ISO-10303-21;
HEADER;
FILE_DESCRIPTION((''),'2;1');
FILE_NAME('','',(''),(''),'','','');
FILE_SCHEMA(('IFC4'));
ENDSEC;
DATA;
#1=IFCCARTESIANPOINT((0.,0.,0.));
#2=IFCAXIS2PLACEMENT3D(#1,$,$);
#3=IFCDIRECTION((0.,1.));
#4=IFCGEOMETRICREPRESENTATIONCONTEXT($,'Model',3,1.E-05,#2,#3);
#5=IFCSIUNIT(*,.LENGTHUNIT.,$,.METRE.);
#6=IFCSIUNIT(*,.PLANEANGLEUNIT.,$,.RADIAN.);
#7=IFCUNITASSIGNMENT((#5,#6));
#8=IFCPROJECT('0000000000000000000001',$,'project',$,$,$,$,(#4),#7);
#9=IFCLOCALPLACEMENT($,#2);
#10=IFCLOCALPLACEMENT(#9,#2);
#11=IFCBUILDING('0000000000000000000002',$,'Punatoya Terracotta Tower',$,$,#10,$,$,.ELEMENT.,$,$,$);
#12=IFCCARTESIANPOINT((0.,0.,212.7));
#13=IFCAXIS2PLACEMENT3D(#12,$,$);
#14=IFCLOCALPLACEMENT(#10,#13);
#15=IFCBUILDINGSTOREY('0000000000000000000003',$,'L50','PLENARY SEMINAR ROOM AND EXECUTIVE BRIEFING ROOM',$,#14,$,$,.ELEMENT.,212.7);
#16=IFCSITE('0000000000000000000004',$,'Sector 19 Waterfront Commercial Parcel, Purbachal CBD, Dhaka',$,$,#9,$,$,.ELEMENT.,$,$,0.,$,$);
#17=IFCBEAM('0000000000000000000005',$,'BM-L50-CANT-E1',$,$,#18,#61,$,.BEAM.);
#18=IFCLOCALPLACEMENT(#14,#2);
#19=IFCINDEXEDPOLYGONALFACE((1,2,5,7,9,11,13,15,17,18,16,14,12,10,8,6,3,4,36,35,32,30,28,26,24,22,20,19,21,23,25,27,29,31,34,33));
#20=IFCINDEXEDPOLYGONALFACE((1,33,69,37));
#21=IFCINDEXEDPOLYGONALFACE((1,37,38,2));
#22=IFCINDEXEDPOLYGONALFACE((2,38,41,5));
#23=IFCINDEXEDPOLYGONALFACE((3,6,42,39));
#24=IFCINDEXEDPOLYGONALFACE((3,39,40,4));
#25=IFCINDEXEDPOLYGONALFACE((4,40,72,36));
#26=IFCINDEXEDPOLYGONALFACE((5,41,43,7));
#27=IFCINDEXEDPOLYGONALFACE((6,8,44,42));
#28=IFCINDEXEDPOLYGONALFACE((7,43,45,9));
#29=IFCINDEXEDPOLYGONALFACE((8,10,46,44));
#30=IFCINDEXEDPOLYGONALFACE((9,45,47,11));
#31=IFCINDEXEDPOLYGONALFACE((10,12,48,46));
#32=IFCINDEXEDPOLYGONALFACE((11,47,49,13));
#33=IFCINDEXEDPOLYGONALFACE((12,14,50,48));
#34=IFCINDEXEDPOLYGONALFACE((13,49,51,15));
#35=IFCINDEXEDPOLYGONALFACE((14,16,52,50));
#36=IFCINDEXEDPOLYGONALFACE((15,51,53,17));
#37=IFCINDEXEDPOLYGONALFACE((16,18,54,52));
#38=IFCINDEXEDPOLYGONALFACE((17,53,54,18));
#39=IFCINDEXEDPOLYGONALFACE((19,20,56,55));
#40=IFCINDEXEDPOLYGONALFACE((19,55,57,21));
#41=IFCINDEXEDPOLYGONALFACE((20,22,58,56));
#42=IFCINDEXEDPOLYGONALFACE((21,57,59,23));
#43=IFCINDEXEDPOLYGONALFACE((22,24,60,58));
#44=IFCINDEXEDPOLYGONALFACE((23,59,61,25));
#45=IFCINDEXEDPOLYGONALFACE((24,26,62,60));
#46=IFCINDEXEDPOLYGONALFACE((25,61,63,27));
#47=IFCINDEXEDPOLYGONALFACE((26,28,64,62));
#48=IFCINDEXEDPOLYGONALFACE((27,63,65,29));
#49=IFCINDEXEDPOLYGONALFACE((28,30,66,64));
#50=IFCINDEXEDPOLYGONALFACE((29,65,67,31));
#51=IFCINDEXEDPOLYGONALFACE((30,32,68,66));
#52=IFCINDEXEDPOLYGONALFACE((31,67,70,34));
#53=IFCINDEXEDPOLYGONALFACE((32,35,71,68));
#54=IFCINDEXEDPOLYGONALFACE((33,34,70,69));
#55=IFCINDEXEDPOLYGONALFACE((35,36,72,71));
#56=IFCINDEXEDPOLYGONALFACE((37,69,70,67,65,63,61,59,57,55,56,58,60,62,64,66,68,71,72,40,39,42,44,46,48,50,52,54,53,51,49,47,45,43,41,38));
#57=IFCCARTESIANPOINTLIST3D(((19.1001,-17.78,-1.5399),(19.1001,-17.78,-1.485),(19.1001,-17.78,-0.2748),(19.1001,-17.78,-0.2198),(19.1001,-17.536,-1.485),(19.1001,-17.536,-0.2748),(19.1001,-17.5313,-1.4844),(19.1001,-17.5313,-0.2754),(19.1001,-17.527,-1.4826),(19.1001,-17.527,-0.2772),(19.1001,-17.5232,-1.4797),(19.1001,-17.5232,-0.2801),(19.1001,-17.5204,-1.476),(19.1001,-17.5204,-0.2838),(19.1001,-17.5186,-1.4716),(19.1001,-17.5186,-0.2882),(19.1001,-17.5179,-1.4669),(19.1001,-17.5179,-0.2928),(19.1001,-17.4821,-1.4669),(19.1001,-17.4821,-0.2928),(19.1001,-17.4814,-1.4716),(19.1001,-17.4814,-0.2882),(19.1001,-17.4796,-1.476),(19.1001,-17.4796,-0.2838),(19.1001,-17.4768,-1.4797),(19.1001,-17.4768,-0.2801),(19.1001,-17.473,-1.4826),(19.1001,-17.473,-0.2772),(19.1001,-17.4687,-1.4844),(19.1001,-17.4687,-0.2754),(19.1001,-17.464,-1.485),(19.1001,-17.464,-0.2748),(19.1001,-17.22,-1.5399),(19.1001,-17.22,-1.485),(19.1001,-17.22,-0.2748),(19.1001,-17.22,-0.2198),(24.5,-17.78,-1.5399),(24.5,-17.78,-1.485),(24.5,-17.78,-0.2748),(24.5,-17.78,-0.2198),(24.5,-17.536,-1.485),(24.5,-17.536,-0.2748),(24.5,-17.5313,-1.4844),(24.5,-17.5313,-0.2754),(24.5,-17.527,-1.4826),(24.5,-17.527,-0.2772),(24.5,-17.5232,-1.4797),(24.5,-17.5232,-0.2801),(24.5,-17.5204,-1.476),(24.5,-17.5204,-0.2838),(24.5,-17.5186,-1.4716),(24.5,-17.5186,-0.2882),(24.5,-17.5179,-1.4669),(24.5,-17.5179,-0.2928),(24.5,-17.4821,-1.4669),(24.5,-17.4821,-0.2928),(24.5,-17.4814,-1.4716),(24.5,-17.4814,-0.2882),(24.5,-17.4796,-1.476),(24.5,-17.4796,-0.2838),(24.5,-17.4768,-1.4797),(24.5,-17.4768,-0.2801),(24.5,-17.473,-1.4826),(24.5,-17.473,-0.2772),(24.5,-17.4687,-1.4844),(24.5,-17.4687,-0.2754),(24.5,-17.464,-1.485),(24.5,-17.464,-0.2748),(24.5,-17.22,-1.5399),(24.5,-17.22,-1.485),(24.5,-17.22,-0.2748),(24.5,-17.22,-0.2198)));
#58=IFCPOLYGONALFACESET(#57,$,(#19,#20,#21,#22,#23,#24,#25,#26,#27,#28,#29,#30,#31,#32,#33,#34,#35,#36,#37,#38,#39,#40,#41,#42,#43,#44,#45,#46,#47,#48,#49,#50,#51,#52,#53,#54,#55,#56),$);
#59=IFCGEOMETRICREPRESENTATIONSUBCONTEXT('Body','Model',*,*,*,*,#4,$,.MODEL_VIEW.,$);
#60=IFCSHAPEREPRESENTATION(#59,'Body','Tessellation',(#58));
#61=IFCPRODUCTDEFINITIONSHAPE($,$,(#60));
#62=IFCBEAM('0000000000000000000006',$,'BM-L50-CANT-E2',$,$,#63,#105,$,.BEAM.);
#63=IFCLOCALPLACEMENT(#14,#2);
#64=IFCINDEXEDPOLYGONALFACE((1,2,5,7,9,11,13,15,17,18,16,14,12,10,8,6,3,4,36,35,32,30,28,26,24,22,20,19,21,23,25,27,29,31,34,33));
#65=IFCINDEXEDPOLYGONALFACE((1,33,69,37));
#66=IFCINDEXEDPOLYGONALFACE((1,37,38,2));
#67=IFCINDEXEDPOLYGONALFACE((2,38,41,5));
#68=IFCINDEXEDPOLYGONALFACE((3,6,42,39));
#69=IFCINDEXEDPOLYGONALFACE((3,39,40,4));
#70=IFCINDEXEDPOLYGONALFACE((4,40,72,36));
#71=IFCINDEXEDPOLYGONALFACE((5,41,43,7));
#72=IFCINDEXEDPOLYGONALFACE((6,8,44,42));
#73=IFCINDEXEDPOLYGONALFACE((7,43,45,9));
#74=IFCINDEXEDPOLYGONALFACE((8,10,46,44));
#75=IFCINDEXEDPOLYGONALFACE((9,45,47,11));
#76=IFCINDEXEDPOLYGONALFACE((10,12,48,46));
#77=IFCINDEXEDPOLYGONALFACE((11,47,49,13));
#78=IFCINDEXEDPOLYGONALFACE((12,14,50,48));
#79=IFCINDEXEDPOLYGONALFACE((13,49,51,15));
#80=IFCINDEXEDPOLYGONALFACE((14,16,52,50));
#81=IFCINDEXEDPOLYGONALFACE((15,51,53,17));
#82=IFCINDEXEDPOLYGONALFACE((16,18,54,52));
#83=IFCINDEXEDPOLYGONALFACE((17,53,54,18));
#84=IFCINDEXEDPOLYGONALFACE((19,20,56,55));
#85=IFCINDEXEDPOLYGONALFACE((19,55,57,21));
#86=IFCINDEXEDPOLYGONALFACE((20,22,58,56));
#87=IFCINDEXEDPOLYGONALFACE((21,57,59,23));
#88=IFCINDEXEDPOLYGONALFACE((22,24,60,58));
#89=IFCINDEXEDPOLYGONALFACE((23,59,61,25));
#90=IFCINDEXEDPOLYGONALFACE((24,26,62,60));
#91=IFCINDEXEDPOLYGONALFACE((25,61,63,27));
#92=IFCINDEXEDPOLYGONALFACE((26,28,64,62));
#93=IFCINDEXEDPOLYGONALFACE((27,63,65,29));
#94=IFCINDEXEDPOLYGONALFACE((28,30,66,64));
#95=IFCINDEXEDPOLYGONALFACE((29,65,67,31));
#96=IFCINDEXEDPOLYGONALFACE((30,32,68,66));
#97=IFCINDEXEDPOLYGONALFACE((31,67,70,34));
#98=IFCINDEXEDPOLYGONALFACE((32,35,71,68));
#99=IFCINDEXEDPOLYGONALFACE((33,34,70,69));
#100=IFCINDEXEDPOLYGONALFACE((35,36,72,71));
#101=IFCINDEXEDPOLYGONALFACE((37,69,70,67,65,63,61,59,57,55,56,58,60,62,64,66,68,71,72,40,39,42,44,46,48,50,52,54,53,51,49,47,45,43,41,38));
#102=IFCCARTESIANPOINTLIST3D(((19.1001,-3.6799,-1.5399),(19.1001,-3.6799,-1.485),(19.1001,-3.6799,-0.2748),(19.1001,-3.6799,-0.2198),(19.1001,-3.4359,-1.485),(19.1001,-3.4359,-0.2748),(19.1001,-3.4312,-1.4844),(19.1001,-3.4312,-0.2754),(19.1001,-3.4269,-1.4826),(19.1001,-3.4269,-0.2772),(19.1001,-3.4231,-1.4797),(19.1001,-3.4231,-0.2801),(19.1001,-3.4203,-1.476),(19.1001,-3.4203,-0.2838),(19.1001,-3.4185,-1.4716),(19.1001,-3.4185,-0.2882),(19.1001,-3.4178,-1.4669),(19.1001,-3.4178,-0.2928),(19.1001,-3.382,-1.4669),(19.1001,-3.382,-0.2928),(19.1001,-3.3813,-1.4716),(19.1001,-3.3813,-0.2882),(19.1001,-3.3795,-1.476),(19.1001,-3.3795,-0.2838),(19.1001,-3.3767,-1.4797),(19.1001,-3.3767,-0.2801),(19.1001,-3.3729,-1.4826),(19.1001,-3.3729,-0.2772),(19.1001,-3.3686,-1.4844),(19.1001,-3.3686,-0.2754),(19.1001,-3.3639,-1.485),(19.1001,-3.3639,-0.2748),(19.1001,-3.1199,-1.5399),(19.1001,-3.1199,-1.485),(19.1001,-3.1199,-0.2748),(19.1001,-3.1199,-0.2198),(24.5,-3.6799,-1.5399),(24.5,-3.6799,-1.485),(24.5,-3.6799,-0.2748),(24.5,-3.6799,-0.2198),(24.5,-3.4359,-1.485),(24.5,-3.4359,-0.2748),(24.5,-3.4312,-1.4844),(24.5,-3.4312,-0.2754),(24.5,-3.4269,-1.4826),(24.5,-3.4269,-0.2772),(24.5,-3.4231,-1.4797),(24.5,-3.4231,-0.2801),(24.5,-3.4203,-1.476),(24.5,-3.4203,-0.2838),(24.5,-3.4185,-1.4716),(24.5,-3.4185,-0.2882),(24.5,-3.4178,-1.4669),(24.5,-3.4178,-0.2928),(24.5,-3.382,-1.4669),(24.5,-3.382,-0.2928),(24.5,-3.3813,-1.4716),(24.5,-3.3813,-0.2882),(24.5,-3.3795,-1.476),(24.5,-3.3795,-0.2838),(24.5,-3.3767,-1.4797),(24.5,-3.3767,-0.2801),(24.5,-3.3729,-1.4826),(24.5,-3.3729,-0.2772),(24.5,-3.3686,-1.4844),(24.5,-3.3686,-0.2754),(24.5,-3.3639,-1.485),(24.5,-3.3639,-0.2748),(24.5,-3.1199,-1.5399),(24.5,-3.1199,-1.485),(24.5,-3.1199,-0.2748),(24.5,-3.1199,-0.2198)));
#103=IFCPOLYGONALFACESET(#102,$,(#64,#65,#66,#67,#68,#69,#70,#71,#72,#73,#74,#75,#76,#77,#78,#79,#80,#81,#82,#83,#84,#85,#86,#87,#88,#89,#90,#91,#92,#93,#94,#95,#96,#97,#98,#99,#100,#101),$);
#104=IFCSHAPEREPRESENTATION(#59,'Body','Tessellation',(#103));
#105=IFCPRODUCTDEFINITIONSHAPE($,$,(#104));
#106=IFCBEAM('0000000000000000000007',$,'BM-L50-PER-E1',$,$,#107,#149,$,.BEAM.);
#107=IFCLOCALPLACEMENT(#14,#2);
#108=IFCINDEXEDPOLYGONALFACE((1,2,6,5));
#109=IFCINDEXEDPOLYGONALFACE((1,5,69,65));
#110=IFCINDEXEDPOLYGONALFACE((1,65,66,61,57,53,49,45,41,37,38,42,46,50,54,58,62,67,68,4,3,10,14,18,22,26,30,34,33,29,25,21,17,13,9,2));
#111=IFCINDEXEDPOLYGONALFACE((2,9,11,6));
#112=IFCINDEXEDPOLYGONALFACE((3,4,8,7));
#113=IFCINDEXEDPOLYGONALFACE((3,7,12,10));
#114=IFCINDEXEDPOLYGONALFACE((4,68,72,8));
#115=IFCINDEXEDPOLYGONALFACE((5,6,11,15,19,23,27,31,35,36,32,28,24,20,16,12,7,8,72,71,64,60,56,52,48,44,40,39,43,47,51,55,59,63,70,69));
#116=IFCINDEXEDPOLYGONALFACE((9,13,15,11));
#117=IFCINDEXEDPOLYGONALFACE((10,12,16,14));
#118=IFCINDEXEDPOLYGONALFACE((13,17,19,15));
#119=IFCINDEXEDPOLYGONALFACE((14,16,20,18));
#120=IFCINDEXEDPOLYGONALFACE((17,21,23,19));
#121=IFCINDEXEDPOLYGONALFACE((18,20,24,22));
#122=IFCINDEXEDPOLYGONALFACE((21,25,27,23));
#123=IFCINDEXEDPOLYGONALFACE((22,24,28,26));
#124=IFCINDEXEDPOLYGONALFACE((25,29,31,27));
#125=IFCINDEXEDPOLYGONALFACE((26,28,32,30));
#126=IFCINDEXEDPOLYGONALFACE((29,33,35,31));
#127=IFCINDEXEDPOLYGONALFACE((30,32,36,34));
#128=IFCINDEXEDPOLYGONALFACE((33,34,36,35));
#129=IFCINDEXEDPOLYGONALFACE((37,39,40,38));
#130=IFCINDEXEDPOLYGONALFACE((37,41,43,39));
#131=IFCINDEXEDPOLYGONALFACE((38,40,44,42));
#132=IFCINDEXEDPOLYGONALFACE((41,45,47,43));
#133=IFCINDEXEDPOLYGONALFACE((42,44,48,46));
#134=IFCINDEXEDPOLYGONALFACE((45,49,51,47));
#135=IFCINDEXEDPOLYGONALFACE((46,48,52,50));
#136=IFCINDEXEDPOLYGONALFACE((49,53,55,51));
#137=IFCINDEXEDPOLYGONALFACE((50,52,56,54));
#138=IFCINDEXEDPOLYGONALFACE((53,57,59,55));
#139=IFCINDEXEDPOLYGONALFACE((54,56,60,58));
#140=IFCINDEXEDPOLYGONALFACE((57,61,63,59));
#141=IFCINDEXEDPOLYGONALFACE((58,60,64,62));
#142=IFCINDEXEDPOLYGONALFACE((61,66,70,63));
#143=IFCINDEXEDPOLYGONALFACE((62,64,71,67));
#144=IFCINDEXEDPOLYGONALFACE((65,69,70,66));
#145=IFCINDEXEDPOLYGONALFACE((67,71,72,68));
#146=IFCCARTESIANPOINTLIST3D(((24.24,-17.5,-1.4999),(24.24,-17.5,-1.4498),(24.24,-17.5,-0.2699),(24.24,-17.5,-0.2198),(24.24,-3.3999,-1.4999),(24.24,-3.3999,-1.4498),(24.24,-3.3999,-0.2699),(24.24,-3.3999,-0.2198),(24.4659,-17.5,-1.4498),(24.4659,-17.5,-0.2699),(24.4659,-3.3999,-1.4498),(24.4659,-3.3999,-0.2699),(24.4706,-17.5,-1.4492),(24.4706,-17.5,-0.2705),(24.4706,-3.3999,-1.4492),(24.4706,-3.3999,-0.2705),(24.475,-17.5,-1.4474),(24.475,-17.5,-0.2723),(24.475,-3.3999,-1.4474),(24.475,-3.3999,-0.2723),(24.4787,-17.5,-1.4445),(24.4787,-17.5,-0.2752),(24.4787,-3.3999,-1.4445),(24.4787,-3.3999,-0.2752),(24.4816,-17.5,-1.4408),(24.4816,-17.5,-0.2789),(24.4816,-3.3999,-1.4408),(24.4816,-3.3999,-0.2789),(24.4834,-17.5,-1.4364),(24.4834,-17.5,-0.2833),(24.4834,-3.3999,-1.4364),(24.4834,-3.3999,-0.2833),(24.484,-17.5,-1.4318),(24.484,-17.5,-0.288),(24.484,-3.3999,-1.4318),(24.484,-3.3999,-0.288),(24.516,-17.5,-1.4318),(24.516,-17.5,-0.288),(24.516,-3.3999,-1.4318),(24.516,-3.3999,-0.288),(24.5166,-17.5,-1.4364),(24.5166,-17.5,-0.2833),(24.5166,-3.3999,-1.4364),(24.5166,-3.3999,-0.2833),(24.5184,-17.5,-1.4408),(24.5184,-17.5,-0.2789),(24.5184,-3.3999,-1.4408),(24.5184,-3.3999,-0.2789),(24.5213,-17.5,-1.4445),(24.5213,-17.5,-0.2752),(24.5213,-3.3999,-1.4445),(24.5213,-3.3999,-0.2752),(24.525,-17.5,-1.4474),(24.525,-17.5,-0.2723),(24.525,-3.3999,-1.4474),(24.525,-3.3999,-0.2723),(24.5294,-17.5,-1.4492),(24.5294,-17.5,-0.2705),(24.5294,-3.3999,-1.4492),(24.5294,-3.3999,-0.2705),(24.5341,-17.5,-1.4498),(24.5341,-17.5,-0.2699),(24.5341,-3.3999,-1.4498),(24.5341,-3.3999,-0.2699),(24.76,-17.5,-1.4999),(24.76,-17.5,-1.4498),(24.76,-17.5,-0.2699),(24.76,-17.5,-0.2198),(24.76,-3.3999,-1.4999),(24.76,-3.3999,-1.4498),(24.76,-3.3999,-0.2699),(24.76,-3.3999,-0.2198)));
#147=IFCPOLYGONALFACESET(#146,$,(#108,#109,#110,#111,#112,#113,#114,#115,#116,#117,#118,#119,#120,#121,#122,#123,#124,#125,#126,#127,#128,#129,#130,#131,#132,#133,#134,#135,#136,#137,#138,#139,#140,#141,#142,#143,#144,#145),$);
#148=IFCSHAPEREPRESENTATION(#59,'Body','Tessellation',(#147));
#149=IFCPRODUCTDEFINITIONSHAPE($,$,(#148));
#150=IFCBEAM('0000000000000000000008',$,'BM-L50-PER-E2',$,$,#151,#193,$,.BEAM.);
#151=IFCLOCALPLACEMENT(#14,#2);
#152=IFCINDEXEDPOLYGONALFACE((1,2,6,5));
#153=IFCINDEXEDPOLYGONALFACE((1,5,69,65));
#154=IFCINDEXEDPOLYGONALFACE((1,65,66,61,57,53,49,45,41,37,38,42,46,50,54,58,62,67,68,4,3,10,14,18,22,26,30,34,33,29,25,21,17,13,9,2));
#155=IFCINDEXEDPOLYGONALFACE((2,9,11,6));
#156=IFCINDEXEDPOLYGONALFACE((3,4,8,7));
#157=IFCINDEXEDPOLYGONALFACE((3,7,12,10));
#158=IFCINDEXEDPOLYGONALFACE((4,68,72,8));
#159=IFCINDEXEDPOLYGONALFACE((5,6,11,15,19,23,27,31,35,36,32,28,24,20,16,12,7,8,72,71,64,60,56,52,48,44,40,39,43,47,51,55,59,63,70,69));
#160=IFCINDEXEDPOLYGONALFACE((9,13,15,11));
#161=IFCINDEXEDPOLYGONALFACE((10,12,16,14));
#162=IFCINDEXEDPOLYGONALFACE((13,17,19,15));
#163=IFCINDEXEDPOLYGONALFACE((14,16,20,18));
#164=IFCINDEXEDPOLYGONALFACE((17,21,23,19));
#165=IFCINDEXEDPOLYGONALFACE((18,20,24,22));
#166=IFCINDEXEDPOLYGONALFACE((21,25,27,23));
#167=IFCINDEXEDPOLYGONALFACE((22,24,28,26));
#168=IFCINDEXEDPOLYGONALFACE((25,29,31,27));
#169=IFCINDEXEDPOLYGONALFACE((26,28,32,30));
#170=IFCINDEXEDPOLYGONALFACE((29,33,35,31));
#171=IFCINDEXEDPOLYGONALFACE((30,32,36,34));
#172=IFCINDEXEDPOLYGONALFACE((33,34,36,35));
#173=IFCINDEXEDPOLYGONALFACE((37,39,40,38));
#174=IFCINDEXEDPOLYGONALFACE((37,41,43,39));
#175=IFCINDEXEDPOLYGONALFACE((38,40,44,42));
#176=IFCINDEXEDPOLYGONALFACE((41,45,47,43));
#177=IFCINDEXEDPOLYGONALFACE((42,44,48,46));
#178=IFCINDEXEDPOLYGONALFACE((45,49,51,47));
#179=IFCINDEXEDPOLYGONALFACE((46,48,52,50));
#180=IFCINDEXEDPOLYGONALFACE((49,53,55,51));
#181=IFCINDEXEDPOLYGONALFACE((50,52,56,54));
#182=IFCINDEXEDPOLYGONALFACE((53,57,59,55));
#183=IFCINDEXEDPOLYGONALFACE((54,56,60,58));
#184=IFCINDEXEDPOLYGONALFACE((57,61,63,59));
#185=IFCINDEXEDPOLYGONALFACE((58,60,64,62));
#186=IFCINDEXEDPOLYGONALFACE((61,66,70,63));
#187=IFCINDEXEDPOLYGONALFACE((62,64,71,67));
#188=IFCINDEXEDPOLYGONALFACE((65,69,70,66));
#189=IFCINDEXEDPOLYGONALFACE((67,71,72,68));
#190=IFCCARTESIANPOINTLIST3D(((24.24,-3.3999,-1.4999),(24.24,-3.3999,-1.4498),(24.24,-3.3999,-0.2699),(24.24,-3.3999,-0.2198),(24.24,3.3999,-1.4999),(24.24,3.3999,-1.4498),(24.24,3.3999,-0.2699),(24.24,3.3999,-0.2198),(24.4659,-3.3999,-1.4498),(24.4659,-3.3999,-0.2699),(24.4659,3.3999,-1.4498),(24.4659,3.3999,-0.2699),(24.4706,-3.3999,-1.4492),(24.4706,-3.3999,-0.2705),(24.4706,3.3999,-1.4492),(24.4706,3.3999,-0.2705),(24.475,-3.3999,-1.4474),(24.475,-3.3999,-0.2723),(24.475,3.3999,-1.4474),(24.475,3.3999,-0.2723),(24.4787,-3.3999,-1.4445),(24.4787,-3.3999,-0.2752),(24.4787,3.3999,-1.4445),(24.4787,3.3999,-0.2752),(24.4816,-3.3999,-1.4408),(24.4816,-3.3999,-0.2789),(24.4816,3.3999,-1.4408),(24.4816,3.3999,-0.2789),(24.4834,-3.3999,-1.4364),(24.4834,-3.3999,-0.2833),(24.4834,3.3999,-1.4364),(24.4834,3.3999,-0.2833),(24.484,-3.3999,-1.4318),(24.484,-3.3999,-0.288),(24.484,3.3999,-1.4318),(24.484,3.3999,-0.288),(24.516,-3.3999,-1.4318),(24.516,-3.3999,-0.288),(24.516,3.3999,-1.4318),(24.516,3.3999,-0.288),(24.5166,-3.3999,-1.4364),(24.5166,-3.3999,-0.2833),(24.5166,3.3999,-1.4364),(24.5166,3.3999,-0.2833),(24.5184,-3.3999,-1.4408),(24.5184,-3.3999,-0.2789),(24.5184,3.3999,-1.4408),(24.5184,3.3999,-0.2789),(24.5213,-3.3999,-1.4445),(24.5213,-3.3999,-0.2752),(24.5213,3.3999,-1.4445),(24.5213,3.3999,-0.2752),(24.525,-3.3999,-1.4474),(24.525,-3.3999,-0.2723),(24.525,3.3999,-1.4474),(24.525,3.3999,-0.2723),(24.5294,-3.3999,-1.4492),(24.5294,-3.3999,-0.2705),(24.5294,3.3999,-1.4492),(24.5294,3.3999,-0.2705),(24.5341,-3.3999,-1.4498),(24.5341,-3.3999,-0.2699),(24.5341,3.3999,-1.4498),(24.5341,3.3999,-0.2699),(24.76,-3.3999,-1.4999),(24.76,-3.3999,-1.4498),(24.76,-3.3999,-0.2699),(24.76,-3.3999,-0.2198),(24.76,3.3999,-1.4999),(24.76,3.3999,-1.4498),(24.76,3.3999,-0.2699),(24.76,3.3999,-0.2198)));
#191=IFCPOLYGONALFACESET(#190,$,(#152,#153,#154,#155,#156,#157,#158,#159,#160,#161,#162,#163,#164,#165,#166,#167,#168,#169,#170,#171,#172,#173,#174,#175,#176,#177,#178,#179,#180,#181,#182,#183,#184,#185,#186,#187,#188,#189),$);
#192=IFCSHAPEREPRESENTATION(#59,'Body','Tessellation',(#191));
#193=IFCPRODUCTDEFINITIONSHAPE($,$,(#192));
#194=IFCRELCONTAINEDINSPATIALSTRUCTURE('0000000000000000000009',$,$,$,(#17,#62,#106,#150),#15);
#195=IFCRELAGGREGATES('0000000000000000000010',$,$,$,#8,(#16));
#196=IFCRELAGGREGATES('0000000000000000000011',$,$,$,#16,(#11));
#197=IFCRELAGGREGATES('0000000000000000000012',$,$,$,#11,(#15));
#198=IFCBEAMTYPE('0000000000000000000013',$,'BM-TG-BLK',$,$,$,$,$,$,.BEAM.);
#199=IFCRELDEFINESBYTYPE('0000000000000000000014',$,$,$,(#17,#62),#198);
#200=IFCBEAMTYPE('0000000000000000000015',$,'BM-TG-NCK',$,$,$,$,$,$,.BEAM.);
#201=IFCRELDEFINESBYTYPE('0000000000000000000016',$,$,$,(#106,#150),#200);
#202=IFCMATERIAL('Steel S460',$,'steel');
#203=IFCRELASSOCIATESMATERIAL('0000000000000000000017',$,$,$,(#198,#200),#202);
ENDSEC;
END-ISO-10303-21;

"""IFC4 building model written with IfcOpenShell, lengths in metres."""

from ifc_helpers import new_model, si_unit, direction, frame, origin, origin_2d, place, context, subcontext, project, spatial, i_section, extrude, material, material_profile, profile_set, type_object, element, save


model = new_model("IFC4")

# Units and contexts
model_context = context("Model", 3, precision=1e-05, world=origin(), true_north=direction((0.0, 1.0)))
body_context = subcontext(model_context, "Body", "Model", "MODEL_VIEW")
ifc_project = project(units=[si_unit("LENGTHUNIT", "METRE"), si_unit("PLANEANGLEUNIT", "RADIAN")], contexts=[model_context])

# Site, building, storey
site_placement = place(None, origin())
site = spatial("IfcSite", under=ifc_project, at=site_placement, Name="Sector 19 Waterfront Commercial Parcel, Purbachal CBD, Dhaka", CompositionType="ELEMENT", RefElevation=0.0)
building_placement = place(site_placement, origin())
building = spatial("IfcBuilding", under=site, at=building_placement, Name="Punatoya Terracotta Tower", CompositionType="ELEMENT")
storey_placement = place(building_placement, frame((0.0, 0.0, 212.7)))
storey = spatial("IfcBuildingStorey", under=building, at=storey_placement, Name="L50", Description="PLENARY SEMINAR ROOM AND EXECUTIVE BRIEFING ROOM", CompositionType="ELEMENT", Elevation=212.7)

# Shared definitions
ifc_material_1 = material(Name="Steel S460", Category="steel")

# Beams
ifc_material_profile_1 = material_profile(ifc_material_1, i_section(OverallWidth=0.5601, OverallDepth=1.3201, WebThickness=0.0359, FlangeThickness=0.0549, FilletRadius=0.0181, at=origin_2d()))
ifc_profile_set_1 = profile_set([ifc_material_profile_1], Name="Steel S460")
beam_type_1 = type_object("IfcBeamType", Name="BM-TG-BLK", PredefinedType="BEAM", material=ifc_profile_set_1)
for number, where, z_axis, x_axis, name in (
    (1, (19.1001, -17.5, -0.8799), (1.0, 0.0, 0.0), (0.0, 1.0, 0.0), "BM-L50-CANT-E1"),
    (2, (19.1001, -3.3999, -0.8799), (1.0, 0.0, 0.0), (0.0, 1.0, 0.0), "BM-L50-CANT-E2"),
):
    element("IfcBeam", number, at=place(storey_placement, frame(where, z_axis=z_axis, x_axis=x_axis)), inside=storey, type_object=beam_type_1, Name=name, PredefinedType="BEAM", context=body_context, shape_type="SweptSolid", body=[
        extrude(i_section(OverallWidth=0.5601, OverallDepth=1.3201, WebThickness=0.0359, FlangeThickness=0.0549, FilletRadius=0.0181, at=origin_2d()), origin(), (0.0, 0.0, 1.0), 5.3999),
    ])
ifc_material_profile_2 = material_profile(ifc_material_1, i_section(OverallWidth=0.52, OverallDepth=1.28, WebThickness=0.032, FlangeThickness=0.05, FilletRadius=0.0181, at=origin_2d()))
ifc_profile_set_2 = profile_set([ifc_material_profile_2], Name="Steel S460")
beam_type_2 = type_object("IfcBeamType", Name="BM-TG-NCK", PredefinedType="BEAM", material=ifc_profile_set_2)
beam_1_placement = place(storey_placement, frame((24.5, -17.5, -0.8599), z_axis=(0.0, 1.0, 0.0), x_axis=(-1.0, 0.0, 0.0)))
element("IfcBeam", 3, at=beam_1_placement, inside=storey, type_object=beam_type_2, Name="BM-L50-PER-E1", PredefinedType="BEAM", context=body_context, shape_type="SweptSolid", body=[
    extrude(i_section(OverallWidth=0.52, OverallDepth=1.28, WebThickness=0.032, FlangeThickness=0.05, FilletRadius=0.0181, at=origin_2d()), origin(), (0.0, 0.0, 1.0), 14.1001),
])
beam_2_placement = place(storey_placement, frame((24.5, -3.3999, -0.8599), z_axis=(0.0, 1.0, 0.0), x_axis=(-1.0, 0.0, 0.0)))
element("IfcBeam", 4, at=beam_2_placement, inside=storey, type_object=beam_type_2, Name="BM-L50-PER-E2", PredefinedType="BEAM", context=body_context, shape_type="SweptSolid", body=[
    extrude(i_section(OverallWidth=0.52, OverallDepth=1.28, WebThickness=0.032, FlangeThickness=0.05, FilletRadius=0.0181, at=origin_2d()), origin(), (0.0, 0.0, 1.0), 6.7998),
])

save(model, "model.ifc")
